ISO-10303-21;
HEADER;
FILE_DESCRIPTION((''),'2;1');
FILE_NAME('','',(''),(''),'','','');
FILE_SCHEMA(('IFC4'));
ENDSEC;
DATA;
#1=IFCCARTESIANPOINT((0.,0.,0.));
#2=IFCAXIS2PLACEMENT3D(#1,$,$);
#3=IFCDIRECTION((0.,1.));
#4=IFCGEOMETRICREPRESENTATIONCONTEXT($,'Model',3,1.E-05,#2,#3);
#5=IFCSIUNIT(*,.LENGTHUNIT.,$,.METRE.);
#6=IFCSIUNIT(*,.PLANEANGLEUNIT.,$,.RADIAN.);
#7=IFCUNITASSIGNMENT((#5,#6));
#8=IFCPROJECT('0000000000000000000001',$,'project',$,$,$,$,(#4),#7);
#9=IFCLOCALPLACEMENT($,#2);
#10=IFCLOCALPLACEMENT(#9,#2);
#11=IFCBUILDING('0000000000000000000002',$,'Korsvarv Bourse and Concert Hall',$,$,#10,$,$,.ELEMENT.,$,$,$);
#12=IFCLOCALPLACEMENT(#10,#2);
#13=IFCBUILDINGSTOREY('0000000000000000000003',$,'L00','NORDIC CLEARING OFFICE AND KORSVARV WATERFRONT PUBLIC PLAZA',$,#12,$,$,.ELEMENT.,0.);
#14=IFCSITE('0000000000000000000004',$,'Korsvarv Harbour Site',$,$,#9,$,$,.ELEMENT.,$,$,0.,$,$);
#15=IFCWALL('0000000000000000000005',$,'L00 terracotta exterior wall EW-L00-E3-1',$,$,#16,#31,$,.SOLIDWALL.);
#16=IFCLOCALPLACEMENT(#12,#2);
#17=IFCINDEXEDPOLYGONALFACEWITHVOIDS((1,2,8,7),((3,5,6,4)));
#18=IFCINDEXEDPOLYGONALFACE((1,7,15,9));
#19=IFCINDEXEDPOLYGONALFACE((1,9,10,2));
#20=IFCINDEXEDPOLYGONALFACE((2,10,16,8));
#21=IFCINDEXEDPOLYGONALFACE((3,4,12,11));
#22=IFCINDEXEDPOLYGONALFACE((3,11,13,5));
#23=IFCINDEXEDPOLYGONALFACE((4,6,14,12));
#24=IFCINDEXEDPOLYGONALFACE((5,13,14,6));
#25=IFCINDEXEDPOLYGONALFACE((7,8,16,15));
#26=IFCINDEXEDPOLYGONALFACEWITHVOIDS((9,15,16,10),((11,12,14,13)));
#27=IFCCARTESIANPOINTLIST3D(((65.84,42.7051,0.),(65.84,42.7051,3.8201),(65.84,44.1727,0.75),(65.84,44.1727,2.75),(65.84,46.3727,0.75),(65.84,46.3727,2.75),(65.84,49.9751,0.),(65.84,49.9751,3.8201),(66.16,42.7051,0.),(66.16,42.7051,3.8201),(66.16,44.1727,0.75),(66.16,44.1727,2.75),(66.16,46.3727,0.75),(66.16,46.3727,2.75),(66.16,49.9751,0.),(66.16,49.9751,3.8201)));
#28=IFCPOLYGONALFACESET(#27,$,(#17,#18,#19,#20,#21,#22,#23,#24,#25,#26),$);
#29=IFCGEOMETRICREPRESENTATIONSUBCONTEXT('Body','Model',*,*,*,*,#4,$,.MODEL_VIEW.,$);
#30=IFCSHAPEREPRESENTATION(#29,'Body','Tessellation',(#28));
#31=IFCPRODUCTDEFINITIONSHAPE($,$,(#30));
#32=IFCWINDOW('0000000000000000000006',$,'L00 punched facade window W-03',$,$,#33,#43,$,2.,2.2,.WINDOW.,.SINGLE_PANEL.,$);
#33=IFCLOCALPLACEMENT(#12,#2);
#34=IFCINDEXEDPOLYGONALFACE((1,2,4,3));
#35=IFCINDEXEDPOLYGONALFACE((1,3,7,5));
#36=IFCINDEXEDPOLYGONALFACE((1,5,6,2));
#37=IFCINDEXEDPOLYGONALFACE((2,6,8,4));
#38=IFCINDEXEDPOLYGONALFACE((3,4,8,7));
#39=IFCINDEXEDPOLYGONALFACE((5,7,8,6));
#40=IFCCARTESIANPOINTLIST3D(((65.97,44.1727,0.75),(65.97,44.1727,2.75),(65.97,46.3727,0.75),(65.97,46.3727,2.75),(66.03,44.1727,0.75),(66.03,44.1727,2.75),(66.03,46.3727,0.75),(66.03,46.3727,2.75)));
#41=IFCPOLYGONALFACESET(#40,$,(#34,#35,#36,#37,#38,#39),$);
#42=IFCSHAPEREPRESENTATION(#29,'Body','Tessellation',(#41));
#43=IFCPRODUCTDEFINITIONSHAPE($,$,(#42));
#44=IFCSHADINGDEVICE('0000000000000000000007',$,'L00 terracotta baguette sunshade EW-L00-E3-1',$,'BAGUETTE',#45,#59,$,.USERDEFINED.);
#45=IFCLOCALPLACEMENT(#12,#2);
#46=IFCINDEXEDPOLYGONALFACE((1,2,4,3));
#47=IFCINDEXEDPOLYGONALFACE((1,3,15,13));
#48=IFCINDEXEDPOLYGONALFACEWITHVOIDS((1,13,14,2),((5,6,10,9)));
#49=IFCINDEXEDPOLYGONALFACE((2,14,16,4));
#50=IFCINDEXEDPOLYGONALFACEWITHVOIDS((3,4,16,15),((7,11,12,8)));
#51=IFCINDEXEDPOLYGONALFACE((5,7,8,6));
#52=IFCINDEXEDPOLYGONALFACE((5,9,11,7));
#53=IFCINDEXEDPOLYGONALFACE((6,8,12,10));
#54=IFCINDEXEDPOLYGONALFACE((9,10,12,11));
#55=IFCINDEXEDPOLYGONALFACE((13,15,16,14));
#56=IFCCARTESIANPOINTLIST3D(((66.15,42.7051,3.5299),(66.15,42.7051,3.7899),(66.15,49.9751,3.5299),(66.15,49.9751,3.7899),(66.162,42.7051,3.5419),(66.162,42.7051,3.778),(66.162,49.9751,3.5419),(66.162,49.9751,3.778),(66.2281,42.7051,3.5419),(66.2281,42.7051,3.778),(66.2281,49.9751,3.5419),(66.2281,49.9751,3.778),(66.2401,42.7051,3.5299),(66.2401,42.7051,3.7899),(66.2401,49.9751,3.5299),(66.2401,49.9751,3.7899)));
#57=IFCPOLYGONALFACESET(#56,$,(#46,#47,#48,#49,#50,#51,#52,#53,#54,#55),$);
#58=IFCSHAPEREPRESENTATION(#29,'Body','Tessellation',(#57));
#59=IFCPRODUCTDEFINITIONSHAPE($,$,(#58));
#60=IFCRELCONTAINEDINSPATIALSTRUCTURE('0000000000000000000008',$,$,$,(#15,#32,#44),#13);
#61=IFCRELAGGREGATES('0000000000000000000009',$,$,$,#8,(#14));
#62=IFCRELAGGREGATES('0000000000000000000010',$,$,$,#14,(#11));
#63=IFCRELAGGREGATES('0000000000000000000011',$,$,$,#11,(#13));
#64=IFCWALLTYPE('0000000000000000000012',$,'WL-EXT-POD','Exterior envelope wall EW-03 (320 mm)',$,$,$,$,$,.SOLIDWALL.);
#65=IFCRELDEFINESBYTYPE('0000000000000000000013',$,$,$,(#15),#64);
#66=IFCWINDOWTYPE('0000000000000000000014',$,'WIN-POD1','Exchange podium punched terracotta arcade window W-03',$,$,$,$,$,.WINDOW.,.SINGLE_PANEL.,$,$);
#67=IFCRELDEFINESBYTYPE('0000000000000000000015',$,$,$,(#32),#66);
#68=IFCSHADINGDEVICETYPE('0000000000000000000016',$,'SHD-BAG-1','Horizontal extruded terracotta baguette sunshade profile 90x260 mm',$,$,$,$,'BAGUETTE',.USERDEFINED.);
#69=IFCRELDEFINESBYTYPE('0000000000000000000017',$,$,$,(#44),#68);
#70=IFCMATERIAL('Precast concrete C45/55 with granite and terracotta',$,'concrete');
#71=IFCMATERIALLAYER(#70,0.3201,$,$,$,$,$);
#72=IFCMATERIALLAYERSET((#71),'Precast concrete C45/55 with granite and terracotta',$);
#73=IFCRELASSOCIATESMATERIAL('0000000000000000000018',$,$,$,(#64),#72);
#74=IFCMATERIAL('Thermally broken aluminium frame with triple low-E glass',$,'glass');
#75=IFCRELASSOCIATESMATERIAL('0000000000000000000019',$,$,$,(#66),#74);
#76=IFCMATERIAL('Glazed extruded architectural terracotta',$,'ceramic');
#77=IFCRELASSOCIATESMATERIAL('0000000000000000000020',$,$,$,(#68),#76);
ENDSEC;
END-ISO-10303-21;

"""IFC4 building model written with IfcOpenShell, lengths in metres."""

from ifc_helpers import new_model, si_unit, direction, frame, frame_2d, origin, origin_2d, place, context, subcontext, project, spatial, rectangle, hollow_rectangle, extrude, source, transform, mapped, material, layer, layer_set, material_profile, profile_set, type_object, element, fill, save


model = new_model("IFC4")

# Units and contexts
model_context = context("Model", 3, precision=1e-05, world=origin(), true_north=direction((0.0, 1.0)))
body_context = subcontext(model_context, "Body", "Model", "MODEL_VIEW")
ifc_project = project(units=[si_unit("LENGTHUNIT", "METRE"), si_unit("PLANEANGLEUNIT", "RADIAN")], contexts=[model_context])

# Site, building, storey
site_placement = place(None, origin())
site = spatial("IfcSite", under=ifc_project, at=site_placement, Name="Korsvarv Harbour Site", CompositionType="ELEMENT", RefElevation=0.0)
building_placement = place(site_placement, origin())
building = spatial("IfcBuilding", under=site, at=building_placement, Name="Korsvarv Bourse and Concert Hall", CompositionType="ELEMENT")
storey_placement = place(building_placement, origin())
storey = spatial("IfcBuildingStorey", under=building, at=storey_placement, Name="L00", Description="NORDIC CLEARING OFFICE AND KORSVARV WATERFRONT PUBLIC PLAZA", CompositionType="ELEMENT", Elevation=0.0)

# Wall, opening, window
ifc_material_1 = material(Name="Precast concrete C45/55 with granite and terracotta", Category="concrete")
ifc_layer_1 = layer(ifc_material_1, 0.3201)
ifc_layer_set_1 = layer_set([ifc_layer_1], Name="Precast concrete C45/55 with granite and terracotta")
wall_type = type_object("IfcWallType", Name="WL-EXT-POD", Description="Exterior envelope wall EW-03 (320 mm)", PredefinedType="SOLIDWALL", material=ifc_layer_set_1)
wall_placement = place(storey_placement, frame((66.0, 42.7051, 0.0), z_axis=(0.0, 0.0, 1.0), x_axis=(0.0, 1.0, 0.0)))
wall = element("IfcWall", 1, at=wall_placement, inside=storey, type_object=wall_type, Name="L00 terracotta exterior wall EW-L00-E3-1", PredefinedType="SOLIDWALL", context=body_context, shape_type="SweptSolid", body=[
    extrude(rectangle(XDim=7.27, YDim=0.3201, at=frame_2d((3.635, 0.0))), origin(), (0.0, 0.0, 1.0), 3.8201),
])
opening_placement = place(wall_placement, frame((1.4675, 0.0, 0.75)))
opening = element("IfcOpeningElement", 2, at=opening_placement, cuts=wall, PredefinedType="OPENING", context=body_context, shape_type="SweptSolid", body=[
    extrude(rectangle(XDim=2.2, YDim=2.0, at=frame_2d((1.1001, 1.0))), frame((0.0, 0.1699, 0.0), z_axis=(0.0, -1.0, 0.0), x_axis=(1.0, 0.0, 0.0)), (0.0, 0.0, 1.0), 0.3401),
])
ifc_material_2 = material(Name="Thermally broken aluminium frame with triple low-E glass", Category="glass")
window_type = type_object("IfcWindowType", Name="WIN-POD1", Description="Exchange podium punched terracotta arcade window W-03", PartitioningType="SINGLE_PANEL", PredefinedType="WINDOW", material=ifc_material_2)
window_placement = place(opening_placement, origin())
window = element("IfcWindow", 3, at=window_placement, inside=storey, type_object=window_type, Name="L00 punched facade window W-03", OverallHeight=2.0, OverallWidth=2.2, PartitioningType="SINGLE_PANEL", PredefinedType="WINDOW", context=body_context, shape_type="SweptSolid", body=[
    extrude(rectangle(XDim=2.2, YDim=2.0, at=frame_2d((1.1001, 1.0))), frame((0.0, 0.03, 0.0), z_axis=(0.0, -1.0, 0.0), x_axis=(1.0, 0.0, 0.0)), (0.0, 0.0, 1.0), 0.0601),
])
fill(opening, window)

# Shading device
ifc_material_3 = material(Name="Glazed extruded architectural terracotta", Category="ceramic")
ifc_material_profile_1 = material_profile(ifc_material_3, hollow_rectangle(XDim=0.0901, YDim=0.26, WallThickness=0.012, at=origin_2d()), Name="TC-BAG 90x260")
ifc_profile_set_1 = profile_set([ifc_material_profile_1], Name="Glazed extruded architectural terracotta")
shading_device_type = type_object("IfcShadingDeviceType", Name="SHD-BAG-1", Description="Horizontal extruded terracotta baguette sunshade profile 90x260 mm", ElementType="BAGUETTE", PredefinedType="USERDEFINED", material=ifc_profile_set_1)
shared_shape_1 = source(origin(), body_context, "Body", "SweptSolid", [
    extrude(hollow_rectangle(XDim=0.0901, YDim=0.26, WallThickness=0.012, at=origin_2d()), origin(), (0.0, 0.0, 1.0), 7.27),
])
shading_device_placement = place(storey_placement, frame((66.1951, 42.7051, 3.6599), z_axis=(0.0, 1.0, 0.0), x_axis=(-1.0, 0.0, 0.0)))
element("IfcShadingDevice", 4, at=shading_device_placement, inside=storey, type_object=shading_device_type, Name="L00 terracotta baguette sunshade EW-L00-E3-1", ObjectType="BAGUETTE", PredefinedType="USERDEFINED", context=body_context, shape_type="MappedRepresentation", body=[
    mapped(shared_shape_1, transform((0.0, 0.0, 0.0), scale=1.0)),
])

save(model, "model.ifc")
